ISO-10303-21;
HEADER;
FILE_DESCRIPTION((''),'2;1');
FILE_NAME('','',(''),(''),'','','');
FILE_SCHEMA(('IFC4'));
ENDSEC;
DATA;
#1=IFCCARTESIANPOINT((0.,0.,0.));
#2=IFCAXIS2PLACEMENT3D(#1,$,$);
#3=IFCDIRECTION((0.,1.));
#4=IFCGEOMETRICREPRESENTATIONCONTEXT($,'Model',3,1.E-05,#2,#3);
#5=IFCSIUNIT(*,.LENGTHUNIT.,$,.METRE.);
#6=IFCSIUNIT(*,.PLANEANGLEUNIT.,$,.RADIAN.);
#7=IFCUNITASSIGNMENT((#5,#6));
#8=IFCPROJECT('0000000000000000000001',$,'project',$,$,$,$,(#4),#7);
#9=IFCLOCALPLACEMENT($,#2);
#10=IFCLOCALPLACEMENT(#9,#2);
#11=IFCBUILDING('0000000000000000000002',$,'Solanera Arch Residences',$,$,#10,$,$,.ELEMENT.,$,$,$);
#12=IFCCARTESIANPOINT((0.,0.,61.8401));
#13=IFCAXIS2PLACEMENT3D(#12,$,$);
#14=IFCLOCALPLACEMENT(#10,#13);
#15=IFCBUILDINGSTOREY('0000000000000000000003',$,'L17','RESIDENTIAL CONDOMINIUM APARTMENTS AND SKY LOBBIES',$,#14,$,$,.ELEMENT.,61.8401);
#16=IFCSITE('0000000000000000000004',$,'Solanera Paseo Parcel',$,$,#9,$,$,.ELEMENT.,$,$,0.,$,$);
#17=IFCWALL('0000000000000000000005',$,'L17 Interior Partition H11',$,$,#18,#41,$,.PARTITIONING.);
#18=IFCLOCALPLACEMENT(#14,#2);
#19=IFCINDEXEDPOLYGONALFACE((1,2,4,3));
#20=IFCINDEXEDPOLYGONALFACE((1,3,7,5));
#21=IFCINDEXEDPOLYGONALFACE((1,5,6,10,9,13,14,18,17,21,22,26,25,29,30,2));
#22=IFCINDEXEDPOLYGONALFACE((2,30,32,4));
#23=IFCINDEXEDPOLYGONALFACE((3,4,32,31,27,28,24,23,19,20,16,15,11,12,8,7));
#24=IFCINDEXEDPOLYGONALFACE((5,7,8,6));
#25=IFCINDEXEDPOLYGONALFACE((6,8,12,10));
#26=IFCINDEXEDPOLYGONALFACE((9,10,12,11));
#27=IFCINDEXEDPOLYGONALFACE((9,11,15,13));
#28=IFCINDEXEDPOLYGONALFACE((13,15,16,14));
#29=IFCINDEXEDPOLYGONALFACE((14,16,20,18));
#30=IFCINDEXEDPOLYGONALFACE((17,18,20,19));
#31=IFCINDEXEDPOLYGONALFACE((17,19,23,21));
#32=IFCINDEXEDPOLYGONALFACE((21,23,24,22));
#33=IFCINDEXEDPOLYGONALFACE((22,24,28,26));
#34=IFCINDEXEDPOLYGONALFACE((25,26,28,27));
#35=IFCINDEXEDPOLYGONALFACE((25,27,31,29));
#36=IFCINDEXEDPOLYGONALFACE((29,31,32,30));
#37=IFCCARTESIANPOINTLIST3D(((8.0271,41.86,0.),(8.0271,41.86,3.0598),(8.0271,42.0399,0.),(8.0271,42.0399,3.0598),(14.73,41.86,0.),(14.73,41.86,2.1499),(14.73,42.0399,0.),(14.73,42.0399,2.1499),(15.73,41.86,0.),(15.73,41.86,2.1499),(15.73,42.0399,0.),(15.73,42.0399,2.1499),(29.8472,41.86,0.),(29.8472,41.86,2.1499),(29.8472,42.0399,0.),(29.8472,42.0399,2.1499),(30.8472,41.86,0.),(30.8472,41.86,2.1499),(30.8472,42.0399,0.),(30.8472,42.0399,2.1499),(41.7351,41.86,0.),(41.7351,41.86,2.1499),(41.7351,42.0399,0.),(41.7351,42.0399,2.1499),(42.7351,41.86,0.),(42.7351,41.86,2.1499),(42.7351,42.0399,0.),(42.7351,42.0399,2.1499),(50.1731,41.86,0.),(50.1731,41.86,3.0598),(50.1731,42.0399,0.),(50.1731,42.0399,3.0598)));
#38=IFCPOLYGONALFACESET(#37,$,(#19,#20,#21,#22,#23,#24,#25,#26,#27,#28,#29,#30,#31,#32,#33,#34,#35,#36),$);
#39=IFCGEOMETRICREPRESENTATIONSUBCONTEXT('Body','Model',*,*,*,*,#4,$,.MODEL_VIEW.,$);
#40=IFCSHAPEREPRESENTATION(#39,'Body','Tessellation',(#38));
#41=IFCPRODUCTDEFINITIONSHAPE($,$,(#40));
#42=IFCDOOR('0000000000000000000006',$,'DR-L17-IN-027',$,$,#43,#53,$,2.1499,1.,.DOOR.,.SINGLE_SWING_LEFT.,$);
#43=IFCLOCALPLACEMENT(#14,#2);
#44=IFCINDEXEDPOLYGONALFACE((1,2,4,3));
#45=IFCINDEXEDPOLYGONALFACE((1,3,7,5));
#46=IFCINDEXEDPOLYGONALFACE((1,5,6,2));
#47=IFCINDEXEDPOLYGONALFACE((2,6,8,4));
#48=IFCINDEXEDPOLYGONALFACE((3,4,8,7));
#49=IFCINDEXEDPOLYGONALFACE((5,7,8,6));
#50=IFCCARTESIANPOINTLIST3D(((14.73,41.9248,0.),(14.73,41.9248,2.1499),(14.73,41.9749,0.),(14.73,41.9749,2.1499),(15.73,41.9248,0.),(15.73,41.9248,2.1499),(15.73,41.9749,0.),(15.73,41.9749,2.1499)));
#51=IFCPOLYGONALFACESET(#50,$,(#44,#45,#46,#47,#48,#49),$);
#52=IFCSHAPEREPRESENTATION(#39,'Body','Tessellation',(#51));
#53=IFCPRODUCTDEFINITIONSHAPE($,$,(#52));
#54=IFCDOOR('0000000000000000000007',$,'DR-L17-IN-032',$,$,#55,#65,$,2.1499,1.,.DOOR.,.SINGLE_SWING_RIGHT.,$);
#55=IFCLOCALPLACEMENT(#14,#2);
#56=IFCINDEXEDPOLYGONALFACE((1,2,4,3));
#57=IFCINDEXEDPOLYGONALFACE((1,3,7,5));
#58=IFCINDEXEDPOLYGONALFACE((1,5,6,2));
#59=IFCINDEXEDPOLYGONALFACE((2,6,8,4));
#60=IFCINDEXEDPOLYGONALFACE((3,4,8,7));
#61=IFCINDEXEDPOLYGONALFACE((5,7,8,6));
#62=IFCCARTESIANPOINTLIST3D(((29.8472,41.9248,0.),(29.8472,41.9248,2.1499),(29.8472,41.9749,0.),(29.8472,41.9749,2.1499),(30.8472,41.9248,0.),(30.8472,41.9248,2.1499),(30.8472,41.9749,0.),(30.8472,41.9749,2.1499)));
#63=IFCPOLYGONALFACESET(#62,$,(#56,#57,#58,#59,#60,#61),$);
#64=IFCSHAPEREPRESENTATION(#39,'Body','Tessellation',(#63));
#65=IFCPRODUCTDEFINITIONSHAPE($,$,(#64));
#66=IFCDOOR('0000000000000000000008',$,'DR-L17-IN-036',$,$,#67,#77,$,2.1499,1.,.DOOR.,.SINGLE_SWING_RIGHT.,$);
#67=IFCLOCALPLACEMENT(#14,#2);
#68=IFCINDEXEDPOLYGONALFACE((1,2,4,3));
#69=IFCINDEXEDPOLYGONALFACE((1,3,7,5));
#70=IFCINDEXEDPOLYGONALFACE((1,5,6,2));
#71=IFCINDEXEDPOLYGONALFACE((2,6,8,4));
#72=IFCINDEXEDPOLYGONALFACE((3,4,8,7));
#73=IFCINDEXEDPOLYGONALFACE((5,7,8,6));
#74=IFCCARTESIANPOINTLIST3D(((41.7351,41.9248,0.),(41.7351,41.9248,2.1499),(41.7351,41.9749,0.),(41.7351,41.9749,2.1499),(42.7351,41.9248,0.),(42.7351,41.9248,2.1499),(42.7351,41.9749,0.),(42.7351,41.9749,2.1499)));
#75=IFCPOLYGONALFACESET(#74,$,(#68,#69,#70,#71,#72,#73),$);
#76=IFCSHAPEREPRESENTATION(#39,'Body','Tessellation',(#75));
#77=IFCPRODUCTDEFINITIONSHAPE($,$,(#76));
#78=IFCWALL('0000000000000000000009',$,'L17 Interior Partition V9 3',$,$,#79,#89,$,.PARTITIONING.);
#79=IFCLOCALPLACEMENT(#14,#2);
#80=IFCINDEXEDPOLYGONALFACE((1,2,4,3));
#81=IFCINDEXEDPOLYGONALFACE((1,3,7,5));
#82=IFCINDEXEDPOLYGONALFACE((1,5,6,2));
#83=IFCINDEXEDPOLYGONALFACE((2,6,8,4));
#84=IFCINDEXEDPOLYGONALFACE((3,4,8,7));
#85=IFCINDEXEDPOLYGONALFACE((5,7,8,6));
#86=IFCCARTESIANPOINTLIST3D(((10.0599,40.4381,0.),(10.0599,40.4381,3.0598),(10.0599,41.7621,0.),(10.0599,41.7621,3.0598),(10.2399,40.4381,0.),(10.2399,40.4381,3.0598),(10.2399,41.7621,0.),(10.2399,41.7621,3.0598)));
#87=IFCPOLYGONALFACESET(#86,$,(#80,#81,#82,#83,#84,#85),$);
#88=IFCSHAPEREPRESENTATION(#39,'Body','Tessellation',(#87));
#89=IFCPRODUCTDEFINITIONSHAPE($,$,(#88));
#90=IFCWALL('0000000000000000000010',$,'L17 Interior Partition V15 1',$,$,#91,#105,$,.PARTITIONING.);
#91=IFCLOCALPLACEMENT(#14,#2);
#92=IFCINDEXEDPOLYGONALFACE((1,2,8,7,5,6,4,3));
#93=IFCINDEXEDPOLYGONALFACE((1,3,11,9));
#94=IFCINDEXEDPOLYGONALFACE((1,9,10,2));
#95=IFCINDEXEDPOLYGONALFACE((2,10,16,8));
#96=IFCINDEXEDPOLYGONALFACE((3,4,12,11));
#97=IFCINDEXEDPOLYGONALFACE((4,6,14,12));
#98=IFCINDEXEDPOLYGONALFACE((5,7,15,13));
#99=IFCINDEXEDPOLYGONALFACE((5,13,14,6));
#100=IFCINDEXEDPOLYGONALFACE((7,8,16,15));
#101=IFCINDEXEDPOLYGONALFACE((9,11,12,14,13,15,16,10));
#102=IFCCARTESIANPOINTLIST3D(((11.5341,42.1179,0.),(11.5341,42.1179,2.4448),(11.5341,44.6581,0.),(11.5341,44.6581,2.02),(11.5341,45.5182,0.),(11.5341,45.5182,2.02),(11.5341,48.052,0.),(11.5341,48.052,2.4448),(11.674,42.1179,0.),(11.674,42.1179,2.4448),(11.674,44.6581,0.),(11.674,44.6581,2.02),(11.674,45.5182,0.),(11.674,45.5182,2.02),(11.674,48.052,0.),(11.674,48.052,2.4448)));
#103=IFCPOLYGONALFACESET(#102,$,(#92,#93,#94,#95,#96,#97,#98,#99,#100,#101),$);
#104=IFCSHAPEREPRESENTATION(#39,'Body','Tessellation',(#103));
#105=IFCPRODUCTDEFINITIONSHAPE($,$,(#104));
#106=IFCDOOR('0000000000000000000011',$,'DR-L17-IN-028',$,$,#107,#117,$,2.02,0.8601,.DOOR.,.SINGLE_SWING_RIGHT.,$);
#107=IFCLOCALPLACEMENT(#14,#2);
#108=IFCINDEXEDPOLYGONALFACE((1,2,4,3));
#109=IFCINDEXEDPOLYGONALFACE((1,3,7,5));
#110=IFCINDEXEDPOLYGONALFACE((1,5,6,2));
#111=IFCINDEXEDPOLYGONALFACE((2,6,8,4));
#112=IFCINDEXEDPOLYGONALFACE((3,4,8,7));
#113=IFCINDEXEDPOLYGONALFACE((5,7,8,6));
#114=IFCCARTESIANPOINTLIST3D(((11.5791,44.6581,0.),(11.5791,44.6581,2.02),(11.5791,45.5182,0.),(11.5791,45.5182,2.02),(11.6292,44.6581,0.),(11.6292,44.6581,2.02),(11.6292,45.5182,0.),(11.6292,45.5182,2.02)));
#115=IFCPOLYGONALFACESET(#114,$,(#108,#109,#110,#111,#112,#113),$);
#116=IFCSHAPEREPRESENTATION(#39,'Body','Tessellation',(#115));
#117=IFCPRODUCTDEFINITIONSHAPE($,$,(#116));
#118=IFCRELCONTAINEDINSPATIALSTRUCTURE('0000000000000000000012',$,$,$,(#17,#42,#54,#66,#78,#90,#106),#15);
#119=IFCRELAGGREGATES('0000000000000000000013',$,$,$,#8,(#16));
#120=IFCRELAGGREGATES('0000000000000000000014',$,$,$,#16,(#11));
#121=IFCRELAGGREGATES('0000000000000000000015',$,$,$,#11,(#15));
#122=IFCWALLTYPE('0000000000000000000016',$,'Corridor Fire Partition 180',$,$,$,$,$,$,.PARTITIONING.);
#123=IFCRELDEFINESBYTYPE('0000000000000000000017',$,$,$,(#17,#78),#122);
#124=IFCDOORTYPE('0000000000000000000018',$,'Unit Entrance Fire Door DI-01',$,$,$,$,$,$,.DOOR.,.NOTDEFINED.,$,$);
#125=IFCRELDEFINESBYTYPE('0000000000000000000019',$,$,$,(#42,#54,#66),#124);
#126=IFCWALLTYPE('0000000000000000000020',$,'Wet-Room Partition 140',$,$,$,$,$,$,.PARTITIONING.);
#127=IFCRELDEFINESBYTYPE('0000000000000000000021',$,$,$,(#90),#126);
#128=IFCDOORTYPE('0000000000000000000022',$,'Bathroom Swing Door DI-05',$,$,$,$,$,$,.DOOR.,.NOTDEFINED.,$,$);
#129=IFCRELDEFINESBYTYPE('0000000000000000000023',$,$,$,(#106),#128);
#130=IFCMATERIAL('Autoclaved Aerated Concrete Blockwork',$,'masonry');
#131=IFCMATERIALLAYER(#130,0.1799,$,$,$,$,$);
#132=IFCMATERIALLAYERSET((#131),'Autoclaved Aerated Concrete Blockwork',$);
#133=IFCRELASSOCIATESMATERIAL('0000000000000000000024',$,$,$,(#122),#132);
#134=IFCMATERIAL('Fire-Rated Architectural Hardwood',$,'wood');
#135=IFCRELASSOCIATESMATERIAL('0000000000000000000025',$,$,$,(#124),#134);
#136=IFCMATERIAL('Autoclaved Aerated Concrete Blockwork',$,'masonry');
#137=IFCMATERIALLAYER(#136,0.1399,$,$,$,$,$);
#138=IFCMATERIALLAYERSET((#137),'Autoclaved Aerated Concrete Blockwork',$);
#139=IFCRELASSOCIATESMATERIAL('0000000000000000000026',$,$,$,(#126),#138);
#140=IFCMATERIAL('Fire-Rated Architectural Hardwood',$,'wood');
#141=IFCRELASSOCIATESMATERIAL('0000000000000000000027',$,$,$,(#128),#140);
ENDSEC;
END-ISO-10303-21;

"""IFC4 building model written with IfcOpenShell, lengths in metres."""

from ifc_helpers import new_model, si_unit, direction, frame, frame_2d, origin, place, context, subcontext, project, spatial, rectangle, extrude, material, layer, layer_set, type_object, element, fill, save


model = new_model("IFC4")

# Units and contexts
model_context = context("Model", 3, precision=1e-05, world=origin(), true_north=direction((0.0, 1.0)))
body_context = subcontext(model_context, "Body", "Model", "MODEL_VIEW")
ifc_project = project(units=[si_unit("LENGTHUNIT", "METRE"), si_unit("PLANEANGLEUNIT", "RADIAN")], contexts=[model_context])

# Site, building, storey
site_placement = place(None, origin())
site = spatial("IfcSite", under=ifc_project, at=site_placement, Name="Solanera Paseo Parcel", CompositionType="ELEMENT", RefElevation=0.0)
building_placement = place(site_placement, origin())
building = spatial("IfcBuilding", under=site, at=building_placement, Name="Solanera Arch Residences", CompositionType="ELEMENT")
storey_placement = place(building_placement, frame((0.0, 0.0, 61.8401)))
storey = spatial("IfcBuildingStorey", under=building, at=storey_placement, Name="L17", Description="RESIDENTIAL CONDOMINIUM APARTMENTS AND SKY LOBBIES", CompositionType="ELEMENT", Elevation=61.8401)

# Wall, openings, doors
ifc_material_1 = material(Name="Autoclaved Aerated Concrete Blockwork", Category="masonry")
ifc_layer_1 = layer(ifc_material_1, 0.1799)
ifc_layer_set_1 = layer_set([ifc_layer_1], Name="Autoclaved Aerated Concrete Blockwork")
wall_type_1 = type_object("IfcWallType", Name="Corridor Fire Partition 180", PredefinedType="PARTITIONING", material=ifc_layer_set_1)
ifc_material_2 = material(Name="Fire-Rated Architectural Hardwood", Category="wood")
door_type_1 = type_object("IfcDoorType", Name="Unit Entrance Fire Door DI-01", OperationType="NOTDEFINED", PredefinedType="DOOR", material=ifc_material_2)
wall_1_placement = place(storey_placement, frame((8.0271, 41.95, 0.0), z_axis=(0.0, 0.0, 1.0), x_axis=(1.0, 0.0, 0.0)))
wall_1 = element("IfcWall", 1, at=wall_1_placement, inside=storey, type_object=wall_type_1, Name="L17 Interior Partition H11", PredefinedType="PARTITIONING", context=body_context, shape_type="SweptSolid", body=[
    extrude(rectangle(XDim=42.146, YDim=0.1799, at=frame_2d((21.073, 0.0))), origin(), (0.0, 0.0, 1.0), 3.0598),
])
opening_1_placement = place(wall_1_placement, frame((6.7029, 0.0, 0.0)))
opening_1 = element("IfcOpeningElement", 2, at=opening_1_placement, cuts=wall_1, PredefinedType="OPENING", context=body_context, shape_type="SweptSolid", body=[
    extrude(rectangle(XDim=1.0, YDim=2.1499, at=frame_2d((0.5, 1.075))), frame((0.0, 0.1001, 0.0), z_axis=(0.0, -1.0, 0.0), x_axis=(1.0, 0.0, 0.0)), (0.0, 0.0, 1.0), 0.1999),
])
opening_2_placement = place(wall_1_placement, frame((21.8201, 0.0, 0.0)))
opening_2 = element("IfcOpeningElement", 3, at=opening_2_placement, cuts=wall_1, PredefinedType="OPENING", context=body_context, shape_type="SweptSolid", body=[
    extrude(rectangle(XDim=1.0, YDim=2.1499, at=frame_2d((0.5, 1.075))), frame((0.0, 0.1001, 0.0), z_axis=(0.0, -1.0, 0.0), x_axis=(1.0, 0.0, 0.0)), (0.0, 0.0, 1.0), 0.1999),
])
opening_3_placement = place(wall_1_placement, frame((33.708, 0.0, 0.0)))
opening_3 = element("IfcOpeningElement", 4, at=opening_3_placement, cuts=wall_1, PredefinedType="OPENING", context=body_context, shape_type="SweptSolid", body=[
    extrude(rectangle(XDim=1.0, YDim=2.1499, at=frame_2d((0.5, 1.075))), frame((0.0, 0.1001, 0.0), z_axis=(0.0, -1.0, 0.0), x_axis=(1.0, 0.0, 0.0)), (0.0, 0.0, 1.0), 0.1999),
])
door_1_placement = place(opening_1_placement, origin())
door_1 = element("IfcDoor", 5, at=door_1_placement, inside=storey, type_object=door_type_1, Name="DR-L17-IN-027", OperationType="SINGLE_SWING_LEFT", OverallHeight=2.1499, OverallWidth=1.0, PredefinedType="DOOR", context=body_context, shape_type="SweptSolid", body=[
    extrude(rectangle(XDim=1.0, YDim=2.1499, at=frame_2d((0.5, 1.075))), frame((0.0, 0.0249, 0.0), z_axis=(0.0, -1.0, 0.0), x_axis=(1.0, 0.0, 0.0)), (0.0, 0.0, 1.0), 0.05),
])
fill(opening_1, door_1)
door_2_placement = place(opening_2_placement, origin())
door_2 = element("IfcDoor", 6, at=door_2_placement, inside=storey, type_object=door_type_1, Name="DR-L17-IN-032", OperationType="SINGLE_SWING_RIGHT", OverallHeight=2.1499, OverallWidth=1.0, PredefinedType="DOOR", context=body_context, shape_type="SweptSolid", body=[
    extrude(rectangle(XDim=1.0, YDim=2.1499, at=frame_2d((0.5, 1.075))), frame((0.0, 0.0249, 0.0), z_axis=(0.0, -1.0, 0.0), x_axis=(1.0, 0.0, 0.0)), (0.0, 0.0, 1.0), 0.05),
])
fill(opening_2, door_2)
door_3_placement = place(opening_3_placement, origin())
door_3 = element("IfcDoor", 7, at=door_3_placement, inside=storey, type_object=door_type_1, Name="DR-L17-IN-036", OperationType="SINGLE_SWING_RIGHT", OverallHeight=2.1499, OverallWidth=1.0, PredefinedType="DOOR", context=body_context, shape_type="SweptSolid", body=[
    extrude(rectangle(XDim=1.0, YDim=2.1499, at=frame_2d((0.5, 1.075))), frame((0.0, 0.0249, 0.0), z_axis=(0.0, -1.0, 0.0), x_axis=(1.0, 0.0, 0.0)), (0.0, 0.0, 1.0), 0.05),
])
fill(opening_3, door_3)

# Wall
wall_2_placement = place(storey_placement, frame((10.1499, 40.438, 0.0), z_axis=(0.0, 0.0, 1.0), x_axis=(0.0, 1.0, 0.0)))
element("IfcWall", 8, at=wall_2_placement, inside=storey, type_object=wall_type_1, Name="L17 Interior Partition V9 3", PredefinedType="PARTITIONING", context=body_context, shape_type="SweptSolid", body=[
    extrude(rectangle(XDim=1.324, YDim=0.1799, at=frame_2d((0.6621, 0.0))), origin(), (0.0, 0.0, 1.0), 3.0598),
])

# Wall, opening, door
ifc_material_3 = material(Name="Autoclaved Aerated Concrete Blockwork", Category="masonry")
ifc_layer_2 = layer(ifc_material_3, 0.1399)
ifc_layer_set_2 = layer_set([ifc_layer_2], Name="Autoclaved Aerated Concrete Blockwork")
wall_type_2 = type_object("IfcWallType", Name="Wet-Room Partition 140", PredefinedType="PARTITIONING", material=ifc_layer_set_2)
wall_3_placement = place(storey_placement, frame((11.604, 42.1179, 0.0), z_axis=(0.0, 0.0, 1.0), x_axis=(0.0, 1.0, 0.0)))
wall_3 = element("IfcWall", 9, at=wall_3_placement, inside=storey, type_object=wall_type_2, Name="L17 Interior Partition V15 1", PredefinedType="PARTITIONING", context=body_context, shape_type="SweptSolid", body=[
    extrude(rectangle(XDim=5.9341, YDim=0.1399, at=frame_2d((2.967, 0.0))), origin(), (0.0, 0.0, 1.0), 2.4448),
])
opening_4_placement = place(wall_3_placement, frame((2.54, 0.0, 0.0)))
opening_4 = element("IfcOpeningElement", 10, at=opening_4_placement, cuts=wall_3, PredefinedType="OPENING", context=body_context, shape_type="SweptSolid", body=[
    extrude(rectangle(XDim=0.8601, YDim=2.02, at=frame_2d((0.4302, 1.01))), frame((0.0, 0.0798, 0.0), z_axis=(0.0, -1.0, 0.0), x_axis=(1.0, 0.0, 0.0)), (0.0, 0.0, 1.0), 0.1599),
])
ifc_material_4 = material(Name="Fire-Rated Architectural Hardwood", Category="wood")
door_type_2 = type_object("IfcDoorType", Name="Bathroom Swing Door DI-05", OperationType="NOTDEFINED", PredefinedType="DOOR", material=ifc_material_4)
door_4_placement = place(opening_4_placement, origin())
door_4 = element("IfcDoor", 11, at=door_4_placement, inside=storey, type_object=door_type_2, Name="DR-L17-IN-028", OperationType="SINGLE_SWING_RIGHT", OverallHeight=2.02, OverallWidth=0.8601, PredefinedType="DOOR", context=body_context, shape_type="SweptSolid", body=[
    extrude(rectangle(XDim=0.8601, YDim=2.02, at=frame_2d((0.4302, 1.01))), frame((0.0, 0.0249, 0.0), z_axis=(0.0, -1.0, 0.0), x_axis=(1.0, 0.0, 0.0)), (0.0, 0.0, 1.0), 0.05),
])
fill(opening_4, door_4)

save(model, "model.ifc")
